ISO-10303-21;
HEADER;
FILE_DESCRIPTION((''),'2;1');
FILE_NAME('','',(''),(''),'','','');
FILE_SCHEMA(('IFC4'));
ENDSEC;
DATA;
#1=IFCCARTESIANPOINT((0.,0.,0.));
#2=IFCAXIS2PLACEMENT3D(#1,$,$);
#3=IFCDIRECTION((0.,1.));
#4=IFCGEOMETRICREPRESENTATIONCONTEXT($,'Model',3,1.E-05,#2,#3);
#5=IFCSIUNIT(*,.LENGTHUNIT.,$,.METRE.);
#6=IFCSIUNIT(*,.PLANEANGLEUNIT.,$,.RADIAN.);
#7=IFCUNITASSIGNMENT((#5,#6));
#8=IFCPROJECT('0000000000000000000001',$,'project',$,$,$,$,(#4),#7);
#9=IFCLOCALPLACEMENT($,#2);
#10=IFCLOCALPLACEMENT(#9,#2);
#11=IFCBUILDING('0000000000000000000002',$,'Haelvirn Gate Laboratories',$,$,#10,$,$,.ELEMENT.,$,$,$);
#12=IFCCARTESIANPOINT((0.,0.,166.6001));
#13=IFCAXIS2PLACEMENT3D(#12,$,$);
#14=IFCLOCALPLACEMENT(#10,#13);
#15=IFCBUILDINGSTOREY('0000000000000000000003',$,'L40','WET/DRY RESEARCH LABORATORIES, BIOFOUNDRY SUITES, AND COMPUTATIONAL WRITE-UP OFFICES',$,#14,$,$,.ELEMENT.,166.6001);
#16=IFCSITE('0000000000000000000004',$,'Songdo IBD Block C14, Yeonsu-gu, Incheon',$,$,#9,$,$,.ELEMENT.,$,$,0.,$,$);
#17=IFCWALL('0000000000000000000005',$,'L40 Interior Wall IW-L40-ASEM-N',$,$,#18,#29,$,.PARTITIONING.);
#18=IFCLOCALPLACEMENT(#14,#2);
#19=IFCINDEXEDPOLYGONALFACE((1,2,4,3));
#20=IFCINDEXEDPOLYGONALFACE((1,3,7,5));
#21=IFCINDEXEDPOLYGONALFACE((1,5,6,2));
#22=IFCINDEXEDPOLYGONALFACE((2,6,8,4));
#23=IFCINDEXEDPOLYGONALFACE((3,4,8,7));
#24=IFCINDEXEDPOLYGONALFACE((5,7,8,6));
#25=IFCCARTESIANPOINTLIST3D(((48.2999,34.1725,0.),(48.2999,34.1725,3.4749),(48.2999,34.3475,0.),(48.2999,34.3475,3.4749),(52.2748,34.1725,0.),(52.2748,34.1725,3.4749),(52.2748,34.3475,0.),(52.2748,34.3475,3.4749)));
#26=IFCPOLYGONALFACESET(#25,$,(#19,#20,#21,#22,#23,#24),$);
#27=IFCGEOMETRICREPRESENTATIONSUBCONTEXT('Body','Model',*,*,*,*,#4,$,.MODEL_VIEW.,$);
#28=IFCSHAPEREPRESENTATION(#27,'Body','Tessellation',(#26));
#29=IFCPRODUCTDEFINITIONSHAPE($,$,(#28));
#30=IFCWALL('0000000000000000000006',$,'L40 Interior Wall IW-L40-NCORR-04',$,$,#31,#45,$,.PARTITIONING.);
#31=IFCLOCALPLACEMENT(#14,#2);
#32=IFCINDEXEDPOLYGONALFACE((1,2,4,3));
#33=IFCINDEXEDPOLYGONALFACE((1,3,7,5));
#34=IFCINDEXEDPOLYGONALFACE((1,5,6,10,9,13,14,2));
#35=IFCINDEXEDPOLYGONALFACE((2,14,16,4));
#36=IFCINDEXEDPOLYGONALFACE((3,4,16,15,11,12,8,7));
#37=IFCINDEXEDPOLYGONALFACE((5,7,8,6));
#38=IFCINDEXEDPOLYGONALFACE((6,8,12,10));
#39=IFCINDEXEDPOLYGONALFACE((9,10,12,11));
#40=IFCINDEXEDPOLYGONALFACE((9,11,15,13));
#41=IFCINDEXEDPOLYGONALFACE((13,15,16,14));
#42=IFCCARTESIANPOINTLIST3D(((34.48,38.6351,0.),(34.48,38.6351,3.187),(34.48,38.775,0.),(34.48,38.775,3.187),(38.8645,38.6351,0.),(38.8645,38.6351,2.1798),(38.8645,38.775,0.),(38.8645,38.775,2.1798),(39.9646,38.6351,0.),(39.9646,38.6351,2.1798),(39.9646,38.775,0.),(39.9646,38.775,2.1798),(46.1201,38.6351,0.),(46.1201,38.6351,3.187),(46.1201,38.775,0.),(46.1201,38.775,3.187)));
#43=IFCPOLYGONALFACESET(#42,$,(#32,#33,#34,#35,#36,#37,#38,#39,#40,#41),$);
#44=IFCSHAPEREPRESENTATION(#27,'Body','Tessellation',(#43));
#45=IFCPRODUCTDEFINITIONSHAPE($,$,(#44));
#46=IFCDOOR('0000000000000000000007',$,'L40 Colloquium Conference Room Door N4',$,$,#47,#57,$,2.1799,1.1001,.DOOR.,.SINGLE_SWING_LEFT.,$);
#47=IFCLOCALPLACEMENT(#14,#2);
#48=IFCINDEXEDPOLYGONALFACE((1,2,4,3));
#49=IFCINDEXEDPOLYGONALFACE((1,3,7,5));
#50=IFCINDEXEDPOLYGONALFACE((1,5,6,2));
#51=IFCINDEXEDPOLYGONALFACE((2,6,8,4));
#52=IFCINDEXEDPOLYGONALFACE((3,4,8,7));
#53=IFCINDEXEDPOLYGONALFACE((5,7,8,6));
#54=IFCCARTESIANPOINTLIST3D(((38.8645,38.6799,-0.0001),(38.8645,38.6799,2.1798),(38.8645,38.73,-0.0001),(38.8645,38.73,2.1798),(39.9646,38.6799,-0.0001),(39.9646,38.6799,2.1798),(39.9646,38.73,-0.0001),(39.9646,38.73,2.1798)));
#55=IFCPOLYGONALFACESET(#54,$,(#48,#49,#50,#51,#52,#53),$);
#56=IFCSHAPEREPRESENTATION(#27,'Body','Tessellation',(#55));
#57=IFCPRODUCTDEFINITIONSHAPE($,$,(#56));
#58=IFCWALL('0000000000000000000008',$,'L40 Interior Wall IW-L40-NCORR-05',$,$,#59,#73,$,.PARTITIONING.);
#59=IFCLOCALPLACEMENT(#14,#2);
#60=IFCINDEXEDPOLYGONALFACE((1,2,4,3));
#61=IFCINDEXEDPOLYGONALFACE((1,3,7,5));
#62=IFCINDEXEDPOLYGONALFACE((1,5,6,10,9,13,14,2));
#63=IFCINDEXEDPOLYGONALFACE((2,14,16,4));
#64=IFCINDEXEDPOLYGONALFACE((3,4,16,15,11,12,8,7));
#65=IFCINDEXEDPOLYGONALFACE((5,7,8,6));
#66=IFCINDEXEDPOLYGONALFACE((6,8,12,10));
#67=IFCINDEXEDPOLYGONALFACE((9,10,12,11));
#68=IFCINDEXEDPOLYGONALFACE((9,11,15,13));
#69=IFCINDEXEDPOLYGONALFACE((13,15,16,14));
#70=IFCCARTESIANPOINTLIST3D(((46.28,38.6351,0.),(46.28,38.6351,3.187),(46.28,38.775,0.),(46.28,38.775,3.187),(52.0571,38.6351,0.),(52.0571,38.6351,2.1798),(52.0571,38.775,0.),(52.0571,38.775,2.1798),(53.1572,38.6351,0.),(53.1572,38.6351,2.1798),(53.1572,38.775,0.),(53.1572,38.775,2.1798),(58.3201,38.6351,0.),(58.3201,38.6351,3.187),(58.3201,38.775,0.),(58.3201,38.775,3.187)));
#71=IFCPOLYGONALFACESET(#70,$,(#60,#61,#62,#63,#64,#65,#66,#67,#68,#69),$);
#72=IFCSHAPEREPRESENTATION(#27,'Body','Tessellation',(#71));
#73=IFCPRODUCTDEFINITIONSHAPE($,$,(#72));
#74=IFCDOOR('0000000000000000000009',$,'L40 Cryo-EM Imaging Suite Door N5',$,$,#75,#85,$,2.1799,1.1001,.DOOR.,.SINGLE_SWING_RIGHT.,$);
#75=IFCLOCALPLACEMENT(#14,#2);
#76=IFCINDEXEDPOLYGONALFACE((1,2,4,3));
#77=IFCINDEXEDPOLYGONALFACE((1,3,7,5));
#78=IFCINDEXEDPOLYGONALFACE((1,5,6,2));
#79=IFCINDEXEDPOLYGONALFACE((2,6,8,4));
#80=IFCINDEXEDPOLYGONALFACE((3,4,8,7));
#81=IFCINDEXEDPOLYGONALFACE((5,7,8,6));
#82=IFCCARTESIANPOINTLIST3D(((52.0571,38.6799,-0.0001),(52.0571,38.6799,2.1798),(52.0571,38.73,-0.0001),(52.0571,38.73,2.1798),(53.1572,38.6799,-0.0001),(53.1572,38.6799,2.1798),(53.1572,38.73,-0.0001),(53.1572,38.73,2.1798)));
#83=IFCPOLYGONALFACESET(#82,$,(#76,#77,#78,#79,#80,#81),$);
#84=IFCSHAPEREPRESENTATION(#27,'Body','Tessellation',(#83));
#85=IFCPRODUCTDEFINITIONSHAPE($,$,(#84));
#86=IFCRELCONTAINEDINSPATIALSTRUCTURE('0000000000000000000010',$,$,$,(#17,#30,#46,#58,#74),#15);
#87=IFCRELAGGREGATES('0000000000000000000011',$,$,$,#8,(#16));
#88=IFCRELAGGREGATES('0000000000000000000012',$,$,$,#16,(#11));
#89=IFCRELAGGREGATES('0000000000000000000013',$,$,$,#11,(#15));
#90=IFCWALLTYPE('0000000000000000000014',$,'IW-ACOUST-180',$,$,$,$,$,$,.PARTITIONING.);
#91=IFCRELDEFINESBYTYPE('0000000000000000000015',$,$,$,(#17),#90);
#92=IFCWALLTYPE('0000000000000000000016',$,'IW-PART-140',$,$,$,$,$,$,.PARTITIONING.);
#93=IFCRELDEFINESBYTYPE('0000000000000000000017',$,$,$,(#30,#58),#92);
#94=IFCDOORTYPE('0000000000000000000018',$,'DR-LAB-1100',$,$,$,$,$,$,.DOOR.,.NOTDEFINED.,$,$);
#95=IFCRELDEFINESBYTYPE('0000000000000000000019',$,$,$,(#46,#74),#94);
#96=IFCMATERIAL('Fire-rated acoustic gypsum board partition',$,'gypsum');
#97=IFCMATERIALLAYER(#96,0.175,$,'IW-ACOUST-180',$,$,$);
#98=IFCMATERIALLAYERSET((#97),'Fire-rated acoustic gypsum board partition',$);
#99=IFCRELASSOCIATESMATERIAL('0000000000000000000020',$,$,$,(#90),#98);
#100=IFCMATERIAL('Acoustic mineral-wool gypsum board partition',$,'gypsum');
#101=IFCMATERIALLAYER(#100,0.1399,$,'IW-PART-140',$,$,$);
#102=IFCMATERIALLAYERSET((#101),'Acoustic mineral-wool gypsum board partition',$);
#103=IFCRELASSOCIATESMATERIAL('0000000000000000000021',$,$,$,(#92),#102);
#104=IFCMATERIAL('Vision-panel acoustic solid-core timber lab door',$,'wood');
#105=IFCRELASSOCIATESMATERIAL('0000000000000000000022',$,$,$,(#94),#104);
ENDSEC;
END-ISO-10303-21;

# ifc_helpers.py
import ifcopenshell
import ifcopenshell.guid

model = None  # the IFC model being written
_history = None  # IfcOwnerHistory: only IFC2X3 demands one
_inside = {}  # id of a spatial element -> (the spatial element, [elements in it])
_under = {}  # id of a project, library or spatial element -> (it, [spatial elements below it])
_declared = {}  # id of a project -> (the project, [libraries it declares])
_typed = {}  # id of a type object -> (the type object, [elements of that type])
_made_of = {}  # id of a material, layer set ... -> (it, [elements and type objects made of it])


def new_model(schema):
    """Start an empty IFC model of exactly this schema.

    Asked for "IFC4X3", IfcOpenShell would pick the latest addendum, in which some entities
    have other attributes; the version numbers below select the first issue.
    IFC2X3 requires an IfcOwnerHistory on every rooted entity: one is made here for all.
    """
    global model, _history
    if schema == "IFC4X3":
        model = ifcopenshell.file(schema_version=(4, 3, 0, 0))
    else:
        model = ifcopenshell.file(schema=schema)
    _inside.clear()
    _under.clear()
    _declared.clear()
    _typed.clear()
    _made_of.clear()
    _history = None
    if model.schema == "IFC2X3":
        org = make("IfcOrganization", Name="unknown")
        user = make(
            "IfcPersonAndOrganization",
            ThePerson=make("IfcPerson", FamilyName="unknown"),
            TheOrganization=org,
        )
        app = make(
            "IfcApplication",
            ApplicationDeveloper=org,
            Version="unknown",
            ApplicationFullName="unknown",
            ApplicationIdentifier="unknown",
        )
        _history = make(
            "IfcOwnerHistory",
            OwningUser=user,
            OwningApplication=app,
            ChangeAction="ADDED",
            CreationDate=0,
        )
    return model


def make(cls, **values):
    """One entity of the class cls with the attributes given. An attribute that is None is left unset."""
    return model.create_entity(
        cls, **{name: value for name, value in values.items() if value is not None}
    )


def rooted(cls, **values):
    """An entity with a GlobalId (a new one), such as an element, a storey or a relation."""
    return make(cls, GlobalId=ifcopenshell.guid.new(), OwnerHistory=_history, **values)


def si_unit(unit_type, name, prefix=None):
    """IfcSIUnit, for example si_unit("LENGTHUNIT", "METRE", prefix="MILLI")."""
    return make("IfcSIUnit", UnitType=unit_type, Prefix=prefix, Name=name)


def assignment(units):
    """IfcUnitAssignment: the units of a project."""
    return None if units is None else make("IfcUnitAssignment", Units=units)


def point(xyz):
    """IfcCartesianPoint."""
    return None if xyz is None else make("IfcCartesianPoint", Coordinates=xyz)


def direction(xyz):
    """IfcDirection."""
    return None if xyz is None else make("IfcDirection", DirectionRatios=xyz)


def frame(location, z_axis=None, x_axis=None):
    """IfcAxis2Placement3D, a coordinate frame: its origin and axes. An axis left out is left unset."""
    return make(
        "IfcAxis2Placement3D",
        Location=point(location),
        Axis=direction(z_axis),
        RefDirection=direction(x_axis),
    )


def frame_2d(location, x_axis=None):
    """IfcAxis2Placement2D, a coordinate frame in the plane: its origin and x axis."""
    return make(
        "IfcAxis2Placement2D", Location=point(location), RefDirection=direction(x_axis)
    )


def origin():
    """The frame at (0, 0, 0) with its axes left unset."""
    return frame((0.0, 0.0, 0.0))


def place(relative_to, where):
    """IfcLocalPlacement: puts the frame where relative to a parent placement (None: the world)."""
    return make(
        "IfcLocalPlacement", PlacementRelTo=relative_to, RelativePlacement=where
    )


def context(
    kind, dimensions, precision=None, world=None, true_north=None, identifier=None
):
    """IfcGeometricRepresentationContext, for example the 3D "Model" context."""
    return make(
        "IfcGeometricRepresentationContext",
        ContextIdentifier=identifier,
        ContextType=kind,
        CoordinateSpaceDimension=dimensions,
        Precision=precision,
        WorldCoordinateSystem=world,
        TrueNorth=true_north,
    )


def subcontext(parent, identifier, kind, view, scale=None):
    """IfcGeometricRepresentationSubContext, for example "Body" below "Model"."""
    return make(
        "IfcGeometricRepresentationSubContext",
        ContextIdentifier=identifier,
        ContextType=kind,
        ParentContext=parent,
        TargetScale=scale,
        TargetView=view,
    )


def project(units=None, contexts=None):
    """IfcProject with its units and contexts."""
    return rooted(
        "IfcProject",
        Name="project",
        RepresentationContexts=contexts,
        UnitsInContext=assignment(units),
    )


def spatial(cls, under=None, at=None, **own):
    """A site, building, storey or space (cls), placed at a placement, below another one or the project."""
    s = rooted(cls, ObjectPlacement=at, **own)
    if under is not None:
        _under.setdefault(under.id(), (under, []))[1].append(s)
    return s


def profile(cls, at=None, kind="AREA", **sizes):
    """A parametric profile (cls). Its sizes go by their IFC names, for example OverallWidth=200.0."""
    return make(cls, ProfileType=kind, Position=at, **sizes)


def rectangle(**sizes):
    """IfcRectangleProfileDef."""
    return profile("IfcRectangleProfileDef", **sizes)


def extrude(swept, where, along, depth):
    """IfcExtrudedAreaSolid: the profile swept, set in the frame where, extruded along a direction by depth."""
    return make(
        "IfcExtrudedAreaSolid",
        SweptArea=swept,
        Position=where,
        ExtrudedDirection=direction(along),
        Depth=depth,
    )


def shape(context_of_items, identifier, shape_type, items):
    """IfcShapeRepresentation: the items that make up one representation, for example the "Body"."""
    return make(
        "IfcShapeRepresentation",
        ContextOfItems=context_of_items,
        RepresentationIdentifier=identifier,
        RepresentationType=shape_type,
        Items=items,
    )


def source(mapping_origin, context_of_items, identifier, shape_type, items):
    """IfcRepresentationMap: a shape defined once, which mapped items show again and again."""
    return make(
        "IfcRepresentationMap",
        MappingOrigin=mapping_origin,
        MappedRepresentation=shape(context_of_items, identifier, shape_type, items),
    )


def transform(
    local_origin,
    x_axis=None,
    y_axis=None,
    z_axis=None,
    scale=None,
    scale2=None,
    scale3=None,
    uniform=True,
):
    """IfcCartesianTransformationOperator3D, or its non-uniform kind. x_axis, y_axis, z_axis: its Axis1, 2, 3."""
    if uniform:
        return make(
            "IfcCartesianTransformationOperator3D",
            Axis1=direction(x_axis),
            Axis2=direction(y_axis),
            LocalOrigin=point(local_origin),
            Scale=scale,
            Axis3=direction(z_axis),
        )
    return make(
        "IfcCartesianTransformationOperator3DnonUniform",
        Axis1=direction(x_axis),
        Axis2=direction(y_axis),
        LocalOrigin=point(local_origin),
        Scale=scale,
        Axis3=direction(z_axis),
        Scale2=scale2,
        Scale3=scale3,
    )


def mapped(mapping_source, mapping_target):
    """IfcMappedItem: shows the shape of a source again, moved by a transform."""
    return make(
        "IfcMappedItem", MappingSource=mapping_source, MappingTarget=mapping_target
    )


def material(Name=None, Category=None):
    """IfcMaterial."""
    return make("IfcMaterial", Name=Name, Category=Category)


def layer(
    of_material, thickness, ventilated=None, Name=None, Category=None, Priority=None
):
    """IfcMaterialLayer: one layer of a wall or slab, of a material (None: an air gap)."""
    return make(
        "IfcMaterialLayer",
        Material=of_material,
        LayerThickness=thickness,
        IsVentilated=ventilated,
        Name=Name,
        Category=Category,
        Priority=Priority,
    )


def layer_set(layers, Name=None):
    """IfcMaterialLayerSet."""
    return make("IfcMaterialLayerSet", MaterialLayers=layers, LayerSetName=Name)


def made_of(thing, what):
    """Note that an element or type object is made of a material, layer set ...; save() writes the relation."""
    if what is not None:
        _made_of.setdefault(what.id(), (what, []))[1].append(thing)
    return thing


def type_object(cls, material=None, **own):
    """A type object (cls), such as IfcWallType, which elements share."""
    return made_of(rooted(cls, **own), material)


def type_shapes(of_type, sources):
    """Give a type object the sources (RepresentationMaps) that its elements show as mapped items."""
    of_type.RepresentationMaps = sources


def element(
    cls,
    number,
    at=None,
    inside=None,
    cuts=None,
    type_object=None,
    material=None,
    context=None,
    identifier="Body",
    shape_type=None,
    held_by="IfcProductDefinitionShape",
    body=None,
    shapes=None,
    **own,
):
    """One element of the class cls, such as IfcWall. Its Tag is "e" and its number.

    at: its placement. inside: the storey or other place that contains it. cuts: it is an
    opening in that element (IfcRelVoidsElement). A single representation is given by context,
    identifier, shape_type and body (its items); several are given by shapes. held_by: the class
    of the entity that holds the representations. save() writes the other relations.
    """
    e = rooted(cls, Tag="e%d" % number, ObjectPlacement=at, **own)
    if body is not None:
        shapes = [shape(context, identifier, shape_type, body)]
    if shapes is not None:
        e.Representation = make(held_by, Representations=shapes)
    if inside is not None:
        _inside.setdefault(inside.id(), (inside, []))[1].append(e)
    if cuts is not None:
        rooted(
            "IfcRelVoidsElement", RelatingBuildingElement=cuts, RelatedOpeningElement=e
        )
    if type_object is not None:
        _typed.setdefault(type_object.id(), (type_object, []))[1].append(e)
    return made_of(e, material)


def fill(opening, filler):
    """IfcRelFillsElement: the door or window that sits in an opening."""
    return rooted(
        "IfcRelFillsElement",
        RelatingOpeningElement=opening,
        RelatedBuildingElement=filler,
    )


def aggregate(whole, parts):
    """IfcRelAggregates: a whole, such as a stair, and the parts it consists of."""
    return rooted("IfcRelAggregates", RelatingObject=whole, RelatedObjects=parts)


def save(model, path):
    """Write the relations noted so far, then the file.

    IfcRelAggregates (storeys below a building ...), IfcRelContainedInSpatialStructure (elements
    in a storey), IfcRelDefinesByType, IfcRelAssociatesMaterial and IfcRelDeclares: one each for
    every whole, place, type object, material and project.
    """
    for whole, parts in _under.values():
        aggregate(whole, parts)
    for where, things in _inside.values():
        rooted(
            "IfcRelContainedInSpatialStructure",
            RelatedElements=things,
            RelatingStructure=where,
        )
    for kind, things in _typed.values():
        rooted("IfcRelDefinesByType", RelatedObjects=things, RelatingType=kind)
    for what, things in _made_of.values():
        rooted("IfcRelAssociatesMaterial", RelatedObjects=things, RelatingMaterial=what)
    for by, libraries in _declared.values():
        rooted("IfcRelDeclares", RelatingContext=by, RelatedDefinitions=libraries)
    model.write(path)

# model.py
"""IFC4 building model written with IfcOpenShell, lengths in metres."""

from ifc_helpers import new_model, si_unit, direction, frame, frame_2d, origin, place, context, subcontext, project, spatial, rectangle, extrude, source, transform, mapped, material, layer, layer_set, type_object, type_shapes, element, fill, save


model = new_model("IFC4")

# Units and contexts
model_context = context("Model", 3, precision=1e-05, world=origin(), true_north=direction((0.0, 1.0)))
body_context = subcontext(model_context, "Body", "Model", "MODEL_VIEW")
ifc_project = project(units=[si_unit("LENGTHUNIT", "METRE"), si_unit("PLANEANGLEUNIT", "RADIAN")], contexts=[model_context])

# Site, building, storey
site_placement = place(None, origin())
site = spatial("IfcSite", under=ifc_project, at=site_placement, Name="Songdo IBD Block C14, Yeonsu-gu, Incheon", CompositionType="ELEMENT", RefElevation=0.0)
building_placement = place(site_placement, origin())
building = spatial("IfcBuilding", under=site, at=building_placement, Name="Haelvirn Gate Laboratories", CompositionType="ELEMENT")
storey_placement = place(building_placement, frame((0.0, 0.0, 166.6001)))
storey = spatial("IfcBuildingStorey", under=building, at=storey_placement, Name="L40", Description="WET/DRY RESEARCH LABORATORIES, BIOFOUNDRY SUITES, AND COMPUTATIONAL WRITE-UP OFFICES", CompositionType="ELEMENT", Elevation=166.6001)

# Wall
ifc_material_1 = material(Name="Fire-rated acoustic gypsum board partition", Category="gypsum")
ifc_layer_1 = layer(ifc_material_1, 0.175, Name="IW-ACOUST-180")
ifc_layer_set_1 = layer_set([ifc_layer_1], Name="Fire-rated acoustic gypsum board partition")
wall_type_1 = type_object("IfcWallType", Name="IW-ACOUST-180", PredefinedType="PARTITIONING", material=ifc_layer_set_1)
wall_1_placement = place(storey_placement, frame((48.3, 34.26, 0.0), z_axis=(0.0, 0.0, 1.0), x_axis=(1.0, 0.0, 0.0)))
element("IfcWall", 1, at=wall_1_placement, inside=storey, type_object=wall_type_1, Name="L40 Interior Wall IW-L40-ASEM-N", PredefinedType="PARTITIONING", context=body_context, shape_type="SweptSolid", body=[
    extrude(rectangle(XDim=3.9749, YDim=0.175, at=frame_2d((1.9873, 0.0))), origin(), (0.0, 0.0, 1.0), 3.4749),
])

# Walls, openings, doors
ifc_material_2 = material(Name="Acoustic mineral-wool gypsum board partition", Category="gypsum")
ifc_layer_2 = layer(ifc_material_2, 0.1399, Name="IW-PART-140")
ifc_layer_set_2 = layer_set([ifc_layer_2], Name="Acoustic mineral-wool gypsum board partition")
wall_type_2 = type_object("IfcWallType", Name="IW-PART-140", PredefinedType="PARTITIONING", material=ifc_layer_set_2)
wall_2_placement = place(storey_placement, frame((34.48, 38.7051, 0.0), z_axis=(0.0, 0.0, 1.0), x_axis=(1.0, 0.0, 0.0)))
wall_2 = element("IfcWall", 2, at=wall_2_placement, inside=storey, type_object=wall_type_2, Name="L40 Interior Wall IW-L40-NCORR-04", PredefinedType="PARTITIONING", context=body_context, shape_type="SweptSolid", body=[
    extrude(rectangle(XDim=11.6401, YDim=0.1399, at=frame_2d((5.8201, 0.0))), origin(), (0.0, 0.0, 1.0), 3.187),
])
opening_1_placement = place(wall_2_placement, frame((4.3845, 0.0, 0.0)))
opening_1 = element("IfcOpeningElement", 3, at=opening_1_placement, cuts=wall_2, PredefinedType="OPENING", context=body_context, shape_type="SweptSolid", body=[
    extrude(rectangle(XDim=1.1001, YDim=2.1799, at=frame_2d((0.55, 1.0898))), frame((0.0, 0.0801, 0.0), z_axis=(0.0, -1.0, 0.0), x_axis=(1.0, 0.0, 0.0)), (0.0, 0.0, 1.0), 0.1599),
])
ifc_material_3 = material(Name="Vision-panel acoustic solid-core timber lab door", Category="wood")
door_type = type_object("IfcDoorType", Name="DR-LAB-1100", OperationType="NOTDEFINED", PredefinedType="DOOR", material=ifc_material_3)
shared_shape_1 = source(origin(), body_context, "Body", "SweptSolid", [
    extrude(rectangle(XDim=1.1001, YDim=2.1799, at=frame_2d((0.55, 1.0898))), frame((0.0, 0.0249, 0.0), z_axis=(0.0, -1.0, 0.0), x_axis=(1.0, 0.0, 0.0)), (0.0, 0.0, 1.0), 0.05),
])
type_shapes(door_type, [shared_shape_1])
door_1_placement = place(opening_1_placement, origin())
door_1 = element("IfcDoor", 4, at=door_1_placement, inside=storey, type_object=door_type, Name="L40 Colloquium Conference Room Door N4", OperationType="SINGLE_SWING_LEFT", OverallHeight=2.1799, OverallWidth=1.1001, PredefinedType="DOOR", context=body_context, shape_type="MappedRepresentation", body=[
    mapped(shared_shape_1, transform((0.0, 0.0, 0.0), scale=1.0)),
])
fill(opening_1, door_1)
wall_3_placement = place(storey_placement, frame((46.28, 38.7051, 0.0), z_axis=(0.0, 0.0, 1.0), x_axis=(1.0, 0.0, 0.0)))
wall_3 = element("IfcWall", 5, at=wall_3_placement, inside=storey, type_object=wall_type_2, Name="L40 Interior Wall IW-L40-NCORR-05", PredefinedType="PARTITIONING", context=body_context, shape_type="SweptSolid", body=[
    extrude(rectangle(XDim=12.04, YDim=0.1399, at=frame_2d((6.02, 0.0))), origin(), (0.0, 0.0, 1.0), 3.187),
])
opening_2_placement = place(wall_3_placement, frame((5.7771, 0.0, 0.0)))
opening_2 = element("IfcOpeningElement", 6, at=opening_2_placement, cuts=wall_3, PredefinedType="OPENING", context=body_context, shape_type="SweptSolid", body=[
    extrude(rectangle(XDim=1.1001, YDim=2.1799, at=frame_2d((0.55, 1.0898))), frame((0.0, 0.0801, 0.0), z_axis=(0.0, -1.0, 0.0), x_axis=(1.0, 0.0, 0.0)), (0.0, 0.0, 1.0), 0.1599),
])
door_2_placement = place(opening_2_placement, origin())
door_2 = element("IfcDoor", 7, at=door_2_placement, inside=storey, type_object=door_type, Name="L40 Cryo-EM Imaging Suite Door N5", OperationType="SINGLE_SWING_RIGHT", OverallHeight=2.1799, OverallWidth=1.1001, PredefinedType="DOOR", context=body_context, shape_type="MappedRepresentation", body=[
    mapped(shared_shape_1, transform((0.0, 0.0, 0.0), scale=1.0)),
])
fill(opening_2, door_2)

save(model, "model.ifc")
